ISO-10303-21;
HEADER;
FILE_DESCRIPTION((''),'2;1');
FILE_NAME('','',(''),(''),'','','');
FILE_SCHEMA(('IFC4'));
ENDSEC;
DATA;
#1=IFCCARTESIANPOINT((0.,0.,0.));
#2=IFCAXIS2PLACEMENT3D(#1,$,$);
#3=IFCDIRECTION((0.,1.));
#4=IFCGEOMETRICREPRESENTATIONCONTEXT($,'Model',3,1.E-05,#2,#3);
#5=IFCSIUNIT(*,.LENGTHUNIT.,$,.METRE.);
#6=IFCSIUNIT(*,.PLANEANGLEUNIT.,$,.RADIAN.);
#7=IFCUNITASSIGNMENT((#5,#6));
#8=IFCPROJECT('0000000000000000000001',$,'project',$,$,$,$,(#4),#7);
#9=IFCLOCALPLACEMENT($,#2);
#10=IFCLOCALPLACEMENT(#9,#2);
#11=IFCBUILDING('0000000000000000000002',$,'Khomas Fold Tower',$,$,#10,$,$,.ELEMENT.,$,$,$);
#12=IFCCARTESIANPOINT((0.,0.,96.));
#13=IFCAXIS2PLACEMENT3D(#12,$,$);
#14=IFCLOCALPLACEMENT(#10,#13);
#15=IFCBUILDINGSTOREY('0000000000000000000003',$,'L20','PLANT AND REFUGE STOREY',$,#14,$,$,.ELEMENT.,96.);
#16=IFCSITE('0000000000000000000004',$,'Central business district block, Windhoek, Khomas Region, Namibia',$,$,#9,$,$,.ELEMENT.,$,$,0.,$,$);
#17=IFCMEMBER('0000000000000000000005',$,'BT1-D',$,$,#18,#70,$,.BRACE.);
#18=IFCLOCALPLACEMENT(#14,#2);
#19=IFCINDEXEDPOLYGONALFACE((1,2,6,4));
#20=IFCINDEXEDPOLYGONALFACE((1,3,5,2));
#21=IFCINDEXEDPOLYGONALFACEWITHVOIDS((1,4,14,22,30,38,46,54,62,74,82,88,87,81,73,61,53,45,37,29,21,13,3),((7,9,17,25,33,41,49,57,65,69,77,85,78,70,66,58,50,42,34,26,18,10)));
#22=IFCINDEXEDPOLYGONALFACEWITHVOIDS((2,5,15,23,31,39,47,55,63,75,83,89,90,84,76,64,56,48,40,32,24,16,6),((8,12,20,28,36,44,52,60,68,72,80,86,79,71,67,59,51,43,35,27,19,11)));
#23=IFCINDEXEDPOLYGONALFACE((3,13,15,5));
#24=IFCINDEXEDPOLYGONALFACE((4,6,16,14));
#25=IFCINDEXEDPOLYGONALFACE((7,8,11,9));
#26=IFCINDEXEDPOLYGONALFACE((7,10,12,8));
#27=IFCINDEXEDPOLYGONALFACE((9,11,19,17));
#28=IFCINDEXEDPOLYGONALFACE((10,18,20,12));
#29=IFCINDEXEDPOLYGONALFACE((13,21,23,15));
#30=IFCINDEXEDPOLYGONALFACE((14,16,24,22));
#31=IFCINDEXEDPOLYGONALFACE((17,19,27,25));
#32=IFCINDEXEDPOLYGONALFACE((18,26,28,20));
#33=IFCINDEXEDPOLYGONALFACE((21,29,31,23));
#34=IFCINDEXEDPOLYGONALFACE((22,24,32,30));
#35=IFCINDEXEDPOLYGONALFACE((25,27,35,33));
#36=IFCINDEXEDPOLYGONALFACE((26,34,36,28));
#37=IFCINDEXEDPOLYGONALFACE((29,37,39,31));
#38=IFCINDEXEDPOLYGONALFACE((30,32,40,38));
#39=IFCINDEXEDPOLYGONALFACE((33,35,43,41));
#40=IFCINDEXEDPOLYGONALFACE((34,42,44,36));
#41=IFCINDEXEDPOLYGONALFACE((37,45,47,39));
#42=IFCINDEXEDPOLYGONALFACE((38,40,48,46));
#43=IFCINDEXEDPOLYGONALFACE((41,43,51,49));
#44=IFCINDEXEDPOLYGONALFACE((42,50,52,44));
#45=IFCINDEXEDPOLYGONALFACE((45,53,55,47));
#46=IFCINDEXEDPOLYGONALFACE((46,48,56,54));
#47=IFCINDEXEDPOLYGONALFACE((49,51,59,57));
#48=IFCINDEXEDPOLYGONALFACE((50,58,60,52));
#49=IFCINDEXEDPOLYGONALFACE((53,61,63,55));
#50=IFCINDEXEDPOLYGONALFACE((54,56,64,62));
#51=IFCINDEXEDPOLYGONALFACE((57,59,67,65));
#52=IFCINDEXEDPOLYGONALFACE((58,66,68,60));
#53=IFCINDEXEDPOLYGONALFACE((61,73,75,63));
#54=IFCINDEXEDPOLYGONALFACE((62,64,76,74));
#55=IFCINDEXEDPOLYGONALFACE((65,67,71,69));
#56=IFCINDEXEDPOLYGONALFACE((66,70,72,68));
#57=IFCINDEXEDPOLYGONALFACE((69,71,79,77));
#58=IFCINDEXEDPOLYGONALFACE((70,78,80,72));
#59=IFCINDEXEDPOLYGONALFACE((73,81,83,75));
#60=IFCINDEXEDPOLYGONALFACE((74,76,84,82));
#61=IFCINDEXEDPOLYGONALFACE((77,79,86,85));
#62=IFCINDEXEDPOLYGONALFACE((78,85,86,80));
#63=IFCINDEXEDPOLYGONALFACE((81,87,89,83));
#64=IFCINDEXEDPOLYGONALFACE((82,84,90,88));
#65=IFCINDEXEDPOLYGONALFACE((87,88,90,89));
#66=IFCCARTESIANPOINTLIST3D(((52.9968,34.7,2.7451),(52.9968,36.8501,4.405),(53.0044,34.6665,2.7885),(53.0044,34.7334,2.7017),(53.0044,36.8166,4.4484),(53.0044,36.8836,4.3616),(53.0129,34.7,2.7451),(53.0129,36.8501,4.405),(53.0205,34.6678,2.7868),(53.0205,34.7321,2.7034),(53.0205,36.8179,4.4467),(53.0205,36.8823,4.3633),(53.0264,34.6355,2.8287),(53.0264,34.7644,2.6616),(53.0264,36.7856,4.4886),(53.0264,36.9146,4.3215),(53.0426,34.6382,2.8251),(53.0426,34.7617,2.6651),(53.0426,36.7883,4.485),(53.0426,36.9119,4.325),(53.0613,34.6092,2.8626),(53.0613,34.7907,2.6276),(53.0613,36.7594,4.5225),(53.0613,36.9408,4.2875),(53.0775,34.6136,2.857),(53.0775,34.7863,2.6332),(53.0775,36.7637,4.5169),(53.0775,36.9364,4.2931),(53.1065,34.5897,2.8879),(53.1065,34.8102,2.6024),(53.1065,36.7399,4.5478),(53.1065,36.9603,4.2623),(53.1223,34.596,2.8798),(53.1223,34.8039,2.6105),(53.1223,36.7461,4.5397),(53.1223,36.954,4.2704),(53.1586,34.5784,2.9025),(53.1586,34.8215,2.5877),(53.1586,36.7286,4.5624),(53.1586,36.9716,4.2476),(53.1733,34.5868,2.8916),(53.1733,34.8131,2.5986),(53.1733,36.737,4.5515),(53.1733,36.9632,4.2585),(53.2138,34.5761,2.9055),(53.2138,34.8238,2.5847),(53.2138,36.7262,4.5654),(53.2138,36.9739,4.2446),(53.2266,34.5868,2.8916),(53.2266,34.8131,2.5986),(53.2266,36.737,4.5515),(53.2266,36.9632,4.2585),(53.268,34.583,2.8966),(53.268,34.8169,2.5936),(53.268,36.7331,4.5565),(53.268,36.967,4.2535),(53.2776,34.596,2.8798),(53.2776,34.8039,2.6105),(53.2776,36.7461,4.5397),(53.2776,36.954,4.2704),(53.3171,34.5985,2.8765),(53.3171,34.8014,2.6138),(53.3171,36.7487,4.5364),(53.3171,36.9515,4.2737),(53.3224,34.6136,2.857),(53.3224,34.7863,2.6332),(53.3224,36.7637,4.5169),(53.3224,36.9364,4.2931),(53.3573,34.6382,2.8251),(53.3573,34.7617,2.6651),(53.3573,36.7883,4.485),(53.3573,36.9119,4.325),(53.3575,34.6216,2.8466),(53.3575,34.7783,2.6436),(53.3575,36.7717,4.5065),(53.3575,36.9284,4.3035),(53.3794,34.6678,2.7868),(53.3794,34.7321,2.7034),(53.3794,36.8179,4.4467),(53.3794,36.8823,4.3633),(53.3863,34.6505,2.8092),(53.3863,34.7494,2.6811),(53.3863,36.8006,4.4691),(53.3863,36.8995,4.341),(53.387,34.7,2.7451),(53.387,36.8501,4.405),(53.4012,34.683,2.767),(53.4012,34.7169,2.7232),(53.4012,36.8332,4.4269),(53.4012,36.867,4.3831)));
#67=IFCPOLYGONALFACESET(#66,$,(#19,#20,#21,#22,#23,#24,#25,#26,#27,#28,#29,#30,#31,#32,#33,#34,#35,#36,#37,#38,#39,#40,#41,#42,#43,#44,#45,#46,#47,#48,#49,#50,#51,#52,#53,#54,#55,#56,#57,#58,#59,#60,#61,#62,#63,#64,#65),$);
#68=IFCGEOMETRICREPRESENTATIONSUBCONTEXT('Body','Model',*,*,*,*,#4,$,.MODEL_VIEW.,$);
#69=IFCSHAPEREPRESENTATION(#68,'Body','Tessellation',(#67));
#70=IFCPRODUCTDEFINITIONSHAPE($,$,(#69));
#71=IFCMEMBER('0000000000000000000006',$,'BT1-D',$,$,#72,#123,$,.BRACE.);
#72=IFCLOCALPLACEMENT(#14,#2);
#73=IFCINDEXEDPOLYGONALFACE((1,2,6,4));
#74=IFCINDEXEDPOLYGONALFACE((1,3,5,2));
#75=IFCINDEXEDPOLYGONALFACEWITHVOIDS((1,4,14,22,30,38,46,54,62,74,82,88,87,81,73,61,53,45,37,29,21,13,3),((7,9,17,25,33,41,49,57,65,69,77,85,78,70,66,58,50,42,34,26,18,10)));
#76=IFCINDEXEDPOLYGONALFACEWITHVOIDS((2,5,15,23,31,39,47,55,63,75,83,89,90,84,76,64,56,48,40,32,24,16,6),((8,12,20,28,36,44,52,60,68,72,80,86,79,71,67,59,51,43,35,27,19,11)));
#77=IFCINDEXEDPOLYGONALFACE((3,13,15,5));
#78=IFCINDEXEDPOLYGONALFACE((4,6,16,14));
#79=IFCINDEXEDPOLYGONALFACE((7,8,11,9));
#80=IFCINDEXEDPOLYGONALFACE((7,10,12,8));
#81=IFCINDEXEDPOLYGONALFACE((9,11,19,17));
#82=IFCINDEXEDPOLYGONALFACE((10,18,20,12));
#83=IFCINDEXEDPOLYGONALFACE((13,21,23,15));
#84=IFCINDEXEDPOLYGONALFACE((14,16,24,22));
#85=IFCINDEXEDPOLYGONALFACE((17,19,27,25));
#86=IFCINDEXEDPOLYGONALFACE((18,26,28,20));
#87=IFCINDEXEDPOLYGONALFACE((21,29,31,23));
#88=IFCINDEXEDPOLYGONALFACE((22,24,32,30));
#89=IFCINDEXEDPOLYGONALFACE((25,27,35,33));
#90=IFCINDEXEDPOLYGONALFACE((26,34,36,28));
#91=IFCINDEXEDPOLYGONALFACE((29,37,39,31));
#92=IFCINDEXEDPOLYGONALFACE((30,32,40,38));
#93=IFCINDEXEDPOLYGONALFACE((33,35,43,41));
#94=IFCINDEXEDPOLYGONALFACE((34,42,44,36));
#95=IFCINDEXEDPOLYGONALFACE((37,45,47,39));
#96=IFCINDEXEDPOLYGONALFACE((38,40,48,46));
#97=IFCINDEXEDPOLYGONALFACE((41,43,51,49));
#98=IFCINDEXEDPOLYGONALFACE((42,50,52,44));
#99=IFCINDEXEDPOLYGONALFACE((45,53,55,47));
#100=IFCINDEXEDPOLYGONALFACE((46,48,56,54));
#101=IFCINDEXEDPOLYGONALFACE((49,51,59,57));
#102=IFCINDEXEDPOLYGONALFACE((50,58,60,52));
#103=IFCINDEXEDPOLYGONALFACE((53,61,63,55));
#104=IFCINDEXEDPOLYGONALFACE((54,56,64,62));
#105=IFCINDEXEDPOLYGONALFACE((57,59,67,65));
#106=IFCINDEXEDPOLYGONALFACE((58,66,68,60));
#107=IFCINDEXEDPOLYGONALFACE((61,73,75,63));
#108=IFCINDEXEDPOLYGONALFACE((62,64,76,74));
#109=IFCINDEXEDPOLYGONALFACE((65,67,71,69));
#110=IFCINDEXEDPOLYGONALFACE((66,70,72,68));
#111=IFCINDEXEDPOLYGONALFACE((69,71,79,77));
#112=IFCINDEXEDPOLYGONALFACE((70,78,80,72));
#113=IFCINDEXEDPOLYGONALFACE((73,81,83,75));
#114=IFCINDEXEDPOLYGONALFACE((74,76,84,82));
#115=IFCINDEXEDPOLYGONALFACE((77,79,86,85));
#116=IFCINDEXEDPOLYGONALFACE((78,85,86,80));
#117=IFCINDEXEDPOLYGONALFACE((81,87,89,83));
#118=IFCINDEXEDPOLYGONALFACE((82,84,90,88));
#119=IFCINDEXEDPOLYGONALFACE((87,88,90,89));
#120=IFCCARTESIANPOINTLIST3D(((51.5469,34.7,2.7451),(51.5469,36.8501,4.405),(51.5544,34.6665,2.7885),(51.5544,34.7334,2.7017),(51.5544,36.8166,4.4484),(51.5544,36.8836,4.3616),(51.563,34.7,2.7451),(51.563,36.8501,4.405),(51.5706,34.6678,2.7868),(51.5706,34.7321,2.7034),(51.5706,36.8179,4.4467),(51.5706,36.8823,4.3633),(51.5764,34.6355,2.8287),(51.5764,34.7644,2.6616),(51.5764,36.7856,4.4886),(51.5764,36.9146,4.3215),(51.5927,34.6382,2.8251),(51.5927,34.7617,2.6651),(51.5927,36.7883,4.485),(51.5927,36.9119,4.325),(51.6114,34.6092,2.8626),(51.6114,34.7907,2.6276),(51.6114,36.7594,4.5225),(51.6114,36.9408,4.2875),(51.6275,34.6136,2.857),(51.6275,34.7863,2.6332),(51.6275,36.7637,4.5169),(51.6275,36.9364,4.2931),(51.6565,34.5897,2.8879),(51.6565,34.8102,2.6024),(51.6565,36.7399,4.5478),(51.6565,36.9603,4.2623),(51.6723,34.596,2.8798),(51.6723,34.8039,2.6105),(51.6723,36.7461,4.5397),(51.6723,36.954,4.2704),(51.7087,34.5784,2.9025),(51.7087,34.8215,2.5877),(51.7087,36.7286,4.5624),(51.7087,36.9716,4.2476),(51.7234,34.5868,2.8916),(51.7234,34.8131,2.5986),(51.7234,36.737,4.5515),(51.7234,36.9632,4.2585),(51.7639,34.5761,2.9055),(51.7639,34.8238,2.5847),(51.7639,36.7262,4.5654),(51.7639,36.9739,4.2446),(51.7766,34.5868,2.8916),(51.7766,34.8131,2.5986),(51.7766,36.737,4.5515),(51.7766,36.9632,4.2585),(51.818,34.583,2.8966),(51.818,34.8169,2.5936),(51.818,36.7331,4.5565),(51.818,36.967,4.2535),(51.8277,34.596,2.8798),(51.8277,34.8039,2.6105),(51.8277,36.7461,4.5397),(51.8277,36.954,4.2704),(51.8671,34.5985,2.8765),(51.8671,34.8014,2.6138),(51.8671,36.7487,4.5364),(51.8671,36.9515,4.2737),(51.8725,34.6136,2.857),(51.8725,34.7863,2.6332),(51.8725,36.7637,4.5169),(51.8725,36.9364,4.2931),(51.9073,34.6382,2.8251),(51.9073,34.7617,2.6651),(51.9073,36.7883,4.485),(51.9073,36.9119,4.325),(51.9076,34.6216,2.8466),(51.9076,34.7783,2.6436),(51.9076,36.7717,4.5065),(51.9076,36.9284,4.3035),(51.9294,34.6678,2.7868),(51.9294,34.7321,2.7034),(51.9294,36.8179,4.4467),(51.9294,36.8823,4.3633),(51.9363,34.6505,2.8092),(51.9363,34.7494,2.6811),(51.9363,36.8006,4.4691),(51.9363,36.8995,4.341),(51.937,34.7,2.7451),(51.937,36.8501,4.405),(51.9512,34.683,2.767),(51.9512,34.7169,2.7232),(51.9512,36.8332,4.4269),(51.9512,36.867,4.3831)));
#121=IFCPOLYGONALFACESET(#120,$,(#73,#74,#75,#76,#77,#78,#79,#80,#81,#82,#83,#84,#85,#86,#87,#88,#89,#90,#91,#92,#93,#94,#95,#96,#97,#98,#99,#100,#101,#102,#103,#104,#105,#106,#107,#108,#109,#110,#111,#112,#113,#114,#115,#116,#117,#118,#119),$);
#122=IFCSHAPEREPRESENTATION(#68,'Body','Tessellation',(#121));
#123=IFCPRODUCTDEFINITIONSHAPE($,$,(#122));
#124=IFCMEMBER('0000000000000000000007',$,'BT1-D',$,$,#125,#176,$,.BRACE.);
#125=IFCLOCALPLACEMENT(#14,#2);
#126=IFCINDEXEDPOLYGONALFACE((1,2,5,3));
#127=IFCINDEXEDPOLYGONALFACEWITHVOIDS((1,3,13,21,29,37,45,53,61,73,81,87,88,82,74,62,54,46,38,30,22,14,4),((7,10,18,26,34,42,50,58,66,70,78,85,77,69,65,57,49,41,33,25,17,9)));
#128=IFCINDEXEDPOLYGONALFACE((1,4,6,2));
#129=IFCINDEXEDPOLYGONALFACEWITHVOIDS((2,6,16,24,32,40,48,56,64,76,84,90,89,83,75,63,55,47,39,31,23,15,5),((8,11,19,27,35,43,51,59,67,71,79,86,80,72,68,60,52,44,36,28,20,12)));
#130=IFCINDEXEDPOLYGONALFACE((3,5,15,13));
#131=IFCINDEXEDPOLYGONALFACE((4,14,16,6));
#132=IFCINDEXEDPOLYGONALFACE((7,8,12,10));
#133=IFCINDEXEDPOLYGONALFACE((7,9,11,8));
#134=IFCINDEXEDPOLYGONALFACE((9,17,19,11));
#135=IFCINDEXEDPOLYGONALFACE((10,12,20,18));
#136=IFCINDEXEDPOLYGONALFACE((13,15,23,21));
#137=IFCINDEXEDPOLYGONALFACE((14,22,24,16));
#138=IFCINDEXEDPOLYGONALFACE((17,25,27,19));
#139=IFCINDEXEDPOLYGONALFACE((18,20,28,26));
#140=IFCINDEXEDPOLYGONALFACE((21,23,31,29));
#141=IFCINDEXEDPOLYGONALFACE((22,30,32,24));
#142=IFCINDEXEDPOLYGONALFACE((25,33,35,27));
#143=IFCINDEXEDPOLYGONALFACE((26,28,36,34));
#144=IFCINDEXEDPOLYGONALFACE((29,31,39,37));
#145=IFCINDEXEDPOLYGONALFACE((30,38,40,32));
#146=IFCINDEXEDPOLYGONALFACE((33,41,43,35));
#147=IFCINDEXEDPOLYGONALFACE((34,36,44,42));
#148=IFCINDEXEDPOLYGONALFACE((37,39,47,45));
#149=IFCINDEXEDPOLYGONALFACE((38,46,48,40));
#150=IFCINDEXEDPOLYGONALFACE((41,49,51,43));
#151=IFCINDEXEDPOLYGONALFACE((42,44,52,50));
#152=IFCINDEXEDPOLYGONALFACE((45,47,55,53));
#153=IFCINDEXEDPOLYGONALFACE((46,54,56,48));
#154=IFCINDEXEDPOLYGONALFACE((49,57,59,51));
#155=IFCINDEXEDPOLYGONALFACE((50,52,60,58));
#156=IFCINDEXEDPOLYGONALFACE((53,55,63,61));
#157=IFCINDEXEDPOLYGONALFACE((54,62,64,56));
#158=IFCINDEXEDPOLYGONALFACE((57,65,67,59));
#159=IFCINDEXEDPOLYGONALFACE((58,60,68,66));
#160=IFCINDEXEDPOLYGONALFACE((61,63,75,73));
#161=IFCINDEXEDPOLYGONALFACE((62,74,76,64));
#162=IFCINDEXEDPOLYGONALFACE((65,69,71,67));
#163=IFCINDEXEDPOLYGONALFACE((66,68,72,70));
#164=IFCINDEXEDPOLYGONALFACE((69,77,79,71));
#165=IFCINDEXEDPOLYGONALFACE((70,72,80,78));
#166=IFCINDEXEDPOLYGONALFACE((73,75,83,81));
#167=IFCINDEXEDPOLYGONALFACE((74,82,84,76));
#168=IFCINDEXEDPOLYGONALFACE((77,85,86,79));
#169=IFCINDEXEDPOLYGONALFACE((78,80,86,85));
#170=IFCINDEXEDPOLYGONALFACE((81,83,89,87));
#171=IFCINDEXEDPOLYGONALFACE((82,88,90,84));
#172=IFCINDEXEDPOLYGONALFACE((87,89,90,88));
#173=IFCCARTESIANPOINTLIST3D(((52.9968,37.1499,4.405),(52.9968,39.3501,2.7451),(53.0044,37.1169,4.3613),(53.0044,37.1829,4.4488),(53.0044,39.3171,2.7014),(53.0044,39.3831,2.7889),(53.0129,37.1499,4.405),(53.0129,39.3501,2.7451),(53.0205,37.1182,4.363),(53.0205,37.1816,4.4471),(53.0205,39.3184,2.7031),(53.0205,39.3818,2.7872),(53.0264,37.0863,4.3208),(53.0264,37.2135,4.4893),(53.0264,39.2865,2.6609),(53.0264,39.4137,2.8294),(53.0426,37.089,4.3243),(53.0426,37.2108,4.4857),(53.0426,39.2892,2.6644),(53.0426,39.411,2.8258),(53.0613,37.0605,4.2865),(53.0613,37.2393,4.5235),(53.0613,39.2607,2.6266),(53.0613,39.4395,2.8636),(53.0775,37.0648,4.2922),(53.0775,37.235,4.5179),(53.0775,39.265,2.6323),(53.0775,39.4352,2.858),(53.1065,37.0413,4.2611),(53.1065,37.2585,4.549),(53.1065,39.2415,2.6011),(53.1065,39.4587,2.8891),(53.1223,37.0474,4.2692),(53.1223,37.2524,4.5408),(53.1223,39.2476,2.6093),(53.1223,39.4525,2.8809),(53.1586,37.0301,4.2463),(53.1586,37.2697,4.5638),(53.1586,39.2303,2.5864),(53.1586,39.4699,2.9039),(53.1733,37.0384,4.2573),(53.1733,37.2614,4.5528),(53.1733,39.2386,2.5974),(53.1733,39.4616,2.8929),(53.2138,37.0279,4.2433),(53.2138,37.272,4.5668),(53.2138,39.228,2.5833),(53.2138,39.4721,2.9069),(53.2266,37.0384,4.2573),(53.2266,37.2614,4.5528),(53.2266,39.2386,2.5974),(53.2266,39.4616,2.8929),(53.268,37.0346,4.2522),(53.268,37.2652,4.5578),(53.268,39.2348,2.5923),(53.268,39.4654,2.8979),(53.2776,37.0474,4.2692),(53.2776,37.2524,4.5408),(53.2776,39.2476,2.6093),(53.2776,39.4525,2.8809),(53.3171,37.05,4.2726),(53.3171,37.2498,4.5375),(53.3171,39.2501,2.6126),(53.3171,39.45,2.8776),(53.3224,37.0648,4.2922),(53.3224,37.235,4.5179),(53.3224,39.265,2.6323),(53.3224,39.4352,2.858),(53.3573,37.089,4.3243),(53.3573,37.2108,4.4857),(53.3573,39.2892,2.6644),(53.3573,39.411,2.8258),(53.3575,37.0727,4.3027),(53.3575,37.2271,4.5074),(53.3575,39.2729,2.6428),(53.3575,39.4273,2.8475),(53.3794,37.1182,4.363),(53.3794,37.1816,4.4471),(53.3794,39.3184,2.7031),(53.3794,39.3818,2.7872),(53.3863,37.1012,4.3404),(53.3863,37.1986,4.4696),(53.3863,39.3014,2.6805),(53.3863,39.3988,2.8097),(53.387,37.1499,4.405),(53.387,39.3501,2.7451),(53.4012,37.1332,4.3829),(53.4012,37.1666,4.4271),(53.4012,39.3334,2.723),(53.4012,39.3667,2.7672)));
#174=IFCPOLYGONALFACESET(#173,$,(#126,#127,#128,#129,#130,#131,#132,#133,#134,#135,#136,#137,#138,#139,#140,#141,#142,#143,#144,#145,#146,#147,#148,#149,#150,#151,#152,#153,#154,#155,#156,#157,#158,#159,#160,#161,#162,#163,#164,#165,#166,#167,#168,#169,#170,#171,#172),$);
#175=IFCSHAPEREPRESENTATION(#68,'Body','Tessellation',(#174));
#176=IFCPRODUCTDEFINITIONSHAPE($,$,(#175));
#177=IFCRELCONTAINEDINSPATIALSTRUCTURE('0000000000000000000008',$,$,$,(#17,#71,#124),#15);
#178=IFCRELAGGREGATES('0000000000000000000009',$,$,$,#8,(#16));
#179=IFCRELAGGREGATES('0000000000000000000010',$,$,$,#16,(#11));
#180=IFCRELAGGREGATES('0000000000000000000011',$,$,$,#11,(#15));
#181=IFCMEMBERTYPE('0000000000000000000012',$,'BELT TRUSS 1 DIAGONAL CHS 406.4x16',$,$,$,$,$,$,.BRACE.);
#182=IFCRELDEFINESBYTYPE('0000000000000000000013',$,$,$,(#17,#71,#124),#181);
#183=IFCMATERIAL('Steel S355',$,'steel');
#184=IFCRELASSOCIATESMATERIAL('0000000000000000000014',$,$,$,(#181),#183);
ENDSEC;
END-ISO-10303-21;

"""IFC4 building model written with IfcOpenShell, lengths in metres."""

from ifc_helpers import new_model, si_unit, direction, frame, origin, origin_2d, place, context, subcontext, project, spatial, hollow_circle, extrude, source, transform, mapped, material, material_profile, profile_set, type_object, element, save


model = new_model("IFC4")

# Units and contexts
model_context = context("Model", 3, precision=1e-05, world=origin(), true_north=direction((0.0, 1.0)))
body_context = subcontext(model_context, "Body", "Model", "MODEL_VIEW")
ifc_project = project(units=[si_unit("LENGTHUNIT", "METRE"), si_unit("PLANEANGLEUNIT", "RADIAN")], contexts=[model_context])

# Site, building, storey
site_placement = place(None, origin())
site = spatial("IfcSite", under=ifc_project, at=site_placement, Name="Central business district block, Windhoek, Khomas Region, Namibia", CompositionType="ELEMENT", RefElevation=0.0)
building_placement = place(site_placement, origin())
building = spatial("IfcBuilding", under=site, at=building_placement, Name="Khomas Fold Tower", CompositionType="ELEMENT")
storey_placement = place(building_placement, frame((0.0, 0.0, 96.0)))
storey = spatial("IfcBuildingStorey", under=building, at=storey_placement, Name="L20", Description="PLANT AND REFUGE STOREY", CompositionType="ELEMENT", Elevation=96.0)

# Members
ifc_material_1 = material(Name="Steel S355", Category="steel")
ifc_material_profile_1 = material_profile(ifc_material_1, hollow_circle(Radius=0.2031, WallThickness=0.0161, at=origin_2d()), Name="CHS 406.4x16")
ifc_profile_set_1 = profile_set([ifc_material_profile_1], Name="Steel S355")
member_type_1 = type_object("IfcMemberType", Name="BELT TRUSS 1 DIAGONAL CHS 406.4x16", PredefinedType="BRACE", material=ifc_profile_set_1)
shared_shape_1 = source(origin(), body_context, "Body", "SweptSolid", [
    extrude(hollow_circle(Radius=0.2031, WallThickness=0.0161, at=origin_2d()), origin(), (0.0, 0.0, 1.0), 2.7163),
])
for number, where, z_axis, x_axis, name in (
    (1, (53.2, 34.7, 2.7451), (0.0, 0.791564, 0.611087), (-1.0, 0.0, 0.0), "BT1-D"),
    (2, (51.75, 34.7, 2.7451), (0.0, 0.791564, 0.611087), (-1.0, 0.0, 0.0), "BT1-D"),
):
    element("IfcMember", number, at=place(storey_placement, frame(where, z_axis=z_axis, x_axis=x_axis)), inside=storey, type_object=member_type_1, Name=name, PredefinedType="BRACE", context=body_context, shape_type="MappedRepresentation", body=[
        mapped(shared_shape_1, transform((0.0, 0.0, 0.0))),
    ])
shared_shape_2 = source(origin(), body_context, "Body", "SweptSolid", [
    extrude(hollow_circle(Radius=0.2031, WallThickness=0.0161, at=origin_2d()), origin(), (0.0, 0.0, 1.0), 2.7561),
])
for number, where, z_axis, x_axis, name in (
    (3, (53.2, 37.1499, 4.405), (0.0, 0.798296, -0.602265), (-1.0, 0.0, 0.0), "BT1-D"),
):
    element("IfcMember", number, at=place(storey_placement, frame(where, z_axis=z_axis, x_axis=x_axis)), inside=storey, type_object=member_type_1, Name=name, PredefinedType="BRACE", context=body_context, shape_type="MappedRepresentation", body=[
        mapped(shared_shape_2, transform((0.0, 0.0, 0.0))),
    ])

save(model, "model.ifc")
